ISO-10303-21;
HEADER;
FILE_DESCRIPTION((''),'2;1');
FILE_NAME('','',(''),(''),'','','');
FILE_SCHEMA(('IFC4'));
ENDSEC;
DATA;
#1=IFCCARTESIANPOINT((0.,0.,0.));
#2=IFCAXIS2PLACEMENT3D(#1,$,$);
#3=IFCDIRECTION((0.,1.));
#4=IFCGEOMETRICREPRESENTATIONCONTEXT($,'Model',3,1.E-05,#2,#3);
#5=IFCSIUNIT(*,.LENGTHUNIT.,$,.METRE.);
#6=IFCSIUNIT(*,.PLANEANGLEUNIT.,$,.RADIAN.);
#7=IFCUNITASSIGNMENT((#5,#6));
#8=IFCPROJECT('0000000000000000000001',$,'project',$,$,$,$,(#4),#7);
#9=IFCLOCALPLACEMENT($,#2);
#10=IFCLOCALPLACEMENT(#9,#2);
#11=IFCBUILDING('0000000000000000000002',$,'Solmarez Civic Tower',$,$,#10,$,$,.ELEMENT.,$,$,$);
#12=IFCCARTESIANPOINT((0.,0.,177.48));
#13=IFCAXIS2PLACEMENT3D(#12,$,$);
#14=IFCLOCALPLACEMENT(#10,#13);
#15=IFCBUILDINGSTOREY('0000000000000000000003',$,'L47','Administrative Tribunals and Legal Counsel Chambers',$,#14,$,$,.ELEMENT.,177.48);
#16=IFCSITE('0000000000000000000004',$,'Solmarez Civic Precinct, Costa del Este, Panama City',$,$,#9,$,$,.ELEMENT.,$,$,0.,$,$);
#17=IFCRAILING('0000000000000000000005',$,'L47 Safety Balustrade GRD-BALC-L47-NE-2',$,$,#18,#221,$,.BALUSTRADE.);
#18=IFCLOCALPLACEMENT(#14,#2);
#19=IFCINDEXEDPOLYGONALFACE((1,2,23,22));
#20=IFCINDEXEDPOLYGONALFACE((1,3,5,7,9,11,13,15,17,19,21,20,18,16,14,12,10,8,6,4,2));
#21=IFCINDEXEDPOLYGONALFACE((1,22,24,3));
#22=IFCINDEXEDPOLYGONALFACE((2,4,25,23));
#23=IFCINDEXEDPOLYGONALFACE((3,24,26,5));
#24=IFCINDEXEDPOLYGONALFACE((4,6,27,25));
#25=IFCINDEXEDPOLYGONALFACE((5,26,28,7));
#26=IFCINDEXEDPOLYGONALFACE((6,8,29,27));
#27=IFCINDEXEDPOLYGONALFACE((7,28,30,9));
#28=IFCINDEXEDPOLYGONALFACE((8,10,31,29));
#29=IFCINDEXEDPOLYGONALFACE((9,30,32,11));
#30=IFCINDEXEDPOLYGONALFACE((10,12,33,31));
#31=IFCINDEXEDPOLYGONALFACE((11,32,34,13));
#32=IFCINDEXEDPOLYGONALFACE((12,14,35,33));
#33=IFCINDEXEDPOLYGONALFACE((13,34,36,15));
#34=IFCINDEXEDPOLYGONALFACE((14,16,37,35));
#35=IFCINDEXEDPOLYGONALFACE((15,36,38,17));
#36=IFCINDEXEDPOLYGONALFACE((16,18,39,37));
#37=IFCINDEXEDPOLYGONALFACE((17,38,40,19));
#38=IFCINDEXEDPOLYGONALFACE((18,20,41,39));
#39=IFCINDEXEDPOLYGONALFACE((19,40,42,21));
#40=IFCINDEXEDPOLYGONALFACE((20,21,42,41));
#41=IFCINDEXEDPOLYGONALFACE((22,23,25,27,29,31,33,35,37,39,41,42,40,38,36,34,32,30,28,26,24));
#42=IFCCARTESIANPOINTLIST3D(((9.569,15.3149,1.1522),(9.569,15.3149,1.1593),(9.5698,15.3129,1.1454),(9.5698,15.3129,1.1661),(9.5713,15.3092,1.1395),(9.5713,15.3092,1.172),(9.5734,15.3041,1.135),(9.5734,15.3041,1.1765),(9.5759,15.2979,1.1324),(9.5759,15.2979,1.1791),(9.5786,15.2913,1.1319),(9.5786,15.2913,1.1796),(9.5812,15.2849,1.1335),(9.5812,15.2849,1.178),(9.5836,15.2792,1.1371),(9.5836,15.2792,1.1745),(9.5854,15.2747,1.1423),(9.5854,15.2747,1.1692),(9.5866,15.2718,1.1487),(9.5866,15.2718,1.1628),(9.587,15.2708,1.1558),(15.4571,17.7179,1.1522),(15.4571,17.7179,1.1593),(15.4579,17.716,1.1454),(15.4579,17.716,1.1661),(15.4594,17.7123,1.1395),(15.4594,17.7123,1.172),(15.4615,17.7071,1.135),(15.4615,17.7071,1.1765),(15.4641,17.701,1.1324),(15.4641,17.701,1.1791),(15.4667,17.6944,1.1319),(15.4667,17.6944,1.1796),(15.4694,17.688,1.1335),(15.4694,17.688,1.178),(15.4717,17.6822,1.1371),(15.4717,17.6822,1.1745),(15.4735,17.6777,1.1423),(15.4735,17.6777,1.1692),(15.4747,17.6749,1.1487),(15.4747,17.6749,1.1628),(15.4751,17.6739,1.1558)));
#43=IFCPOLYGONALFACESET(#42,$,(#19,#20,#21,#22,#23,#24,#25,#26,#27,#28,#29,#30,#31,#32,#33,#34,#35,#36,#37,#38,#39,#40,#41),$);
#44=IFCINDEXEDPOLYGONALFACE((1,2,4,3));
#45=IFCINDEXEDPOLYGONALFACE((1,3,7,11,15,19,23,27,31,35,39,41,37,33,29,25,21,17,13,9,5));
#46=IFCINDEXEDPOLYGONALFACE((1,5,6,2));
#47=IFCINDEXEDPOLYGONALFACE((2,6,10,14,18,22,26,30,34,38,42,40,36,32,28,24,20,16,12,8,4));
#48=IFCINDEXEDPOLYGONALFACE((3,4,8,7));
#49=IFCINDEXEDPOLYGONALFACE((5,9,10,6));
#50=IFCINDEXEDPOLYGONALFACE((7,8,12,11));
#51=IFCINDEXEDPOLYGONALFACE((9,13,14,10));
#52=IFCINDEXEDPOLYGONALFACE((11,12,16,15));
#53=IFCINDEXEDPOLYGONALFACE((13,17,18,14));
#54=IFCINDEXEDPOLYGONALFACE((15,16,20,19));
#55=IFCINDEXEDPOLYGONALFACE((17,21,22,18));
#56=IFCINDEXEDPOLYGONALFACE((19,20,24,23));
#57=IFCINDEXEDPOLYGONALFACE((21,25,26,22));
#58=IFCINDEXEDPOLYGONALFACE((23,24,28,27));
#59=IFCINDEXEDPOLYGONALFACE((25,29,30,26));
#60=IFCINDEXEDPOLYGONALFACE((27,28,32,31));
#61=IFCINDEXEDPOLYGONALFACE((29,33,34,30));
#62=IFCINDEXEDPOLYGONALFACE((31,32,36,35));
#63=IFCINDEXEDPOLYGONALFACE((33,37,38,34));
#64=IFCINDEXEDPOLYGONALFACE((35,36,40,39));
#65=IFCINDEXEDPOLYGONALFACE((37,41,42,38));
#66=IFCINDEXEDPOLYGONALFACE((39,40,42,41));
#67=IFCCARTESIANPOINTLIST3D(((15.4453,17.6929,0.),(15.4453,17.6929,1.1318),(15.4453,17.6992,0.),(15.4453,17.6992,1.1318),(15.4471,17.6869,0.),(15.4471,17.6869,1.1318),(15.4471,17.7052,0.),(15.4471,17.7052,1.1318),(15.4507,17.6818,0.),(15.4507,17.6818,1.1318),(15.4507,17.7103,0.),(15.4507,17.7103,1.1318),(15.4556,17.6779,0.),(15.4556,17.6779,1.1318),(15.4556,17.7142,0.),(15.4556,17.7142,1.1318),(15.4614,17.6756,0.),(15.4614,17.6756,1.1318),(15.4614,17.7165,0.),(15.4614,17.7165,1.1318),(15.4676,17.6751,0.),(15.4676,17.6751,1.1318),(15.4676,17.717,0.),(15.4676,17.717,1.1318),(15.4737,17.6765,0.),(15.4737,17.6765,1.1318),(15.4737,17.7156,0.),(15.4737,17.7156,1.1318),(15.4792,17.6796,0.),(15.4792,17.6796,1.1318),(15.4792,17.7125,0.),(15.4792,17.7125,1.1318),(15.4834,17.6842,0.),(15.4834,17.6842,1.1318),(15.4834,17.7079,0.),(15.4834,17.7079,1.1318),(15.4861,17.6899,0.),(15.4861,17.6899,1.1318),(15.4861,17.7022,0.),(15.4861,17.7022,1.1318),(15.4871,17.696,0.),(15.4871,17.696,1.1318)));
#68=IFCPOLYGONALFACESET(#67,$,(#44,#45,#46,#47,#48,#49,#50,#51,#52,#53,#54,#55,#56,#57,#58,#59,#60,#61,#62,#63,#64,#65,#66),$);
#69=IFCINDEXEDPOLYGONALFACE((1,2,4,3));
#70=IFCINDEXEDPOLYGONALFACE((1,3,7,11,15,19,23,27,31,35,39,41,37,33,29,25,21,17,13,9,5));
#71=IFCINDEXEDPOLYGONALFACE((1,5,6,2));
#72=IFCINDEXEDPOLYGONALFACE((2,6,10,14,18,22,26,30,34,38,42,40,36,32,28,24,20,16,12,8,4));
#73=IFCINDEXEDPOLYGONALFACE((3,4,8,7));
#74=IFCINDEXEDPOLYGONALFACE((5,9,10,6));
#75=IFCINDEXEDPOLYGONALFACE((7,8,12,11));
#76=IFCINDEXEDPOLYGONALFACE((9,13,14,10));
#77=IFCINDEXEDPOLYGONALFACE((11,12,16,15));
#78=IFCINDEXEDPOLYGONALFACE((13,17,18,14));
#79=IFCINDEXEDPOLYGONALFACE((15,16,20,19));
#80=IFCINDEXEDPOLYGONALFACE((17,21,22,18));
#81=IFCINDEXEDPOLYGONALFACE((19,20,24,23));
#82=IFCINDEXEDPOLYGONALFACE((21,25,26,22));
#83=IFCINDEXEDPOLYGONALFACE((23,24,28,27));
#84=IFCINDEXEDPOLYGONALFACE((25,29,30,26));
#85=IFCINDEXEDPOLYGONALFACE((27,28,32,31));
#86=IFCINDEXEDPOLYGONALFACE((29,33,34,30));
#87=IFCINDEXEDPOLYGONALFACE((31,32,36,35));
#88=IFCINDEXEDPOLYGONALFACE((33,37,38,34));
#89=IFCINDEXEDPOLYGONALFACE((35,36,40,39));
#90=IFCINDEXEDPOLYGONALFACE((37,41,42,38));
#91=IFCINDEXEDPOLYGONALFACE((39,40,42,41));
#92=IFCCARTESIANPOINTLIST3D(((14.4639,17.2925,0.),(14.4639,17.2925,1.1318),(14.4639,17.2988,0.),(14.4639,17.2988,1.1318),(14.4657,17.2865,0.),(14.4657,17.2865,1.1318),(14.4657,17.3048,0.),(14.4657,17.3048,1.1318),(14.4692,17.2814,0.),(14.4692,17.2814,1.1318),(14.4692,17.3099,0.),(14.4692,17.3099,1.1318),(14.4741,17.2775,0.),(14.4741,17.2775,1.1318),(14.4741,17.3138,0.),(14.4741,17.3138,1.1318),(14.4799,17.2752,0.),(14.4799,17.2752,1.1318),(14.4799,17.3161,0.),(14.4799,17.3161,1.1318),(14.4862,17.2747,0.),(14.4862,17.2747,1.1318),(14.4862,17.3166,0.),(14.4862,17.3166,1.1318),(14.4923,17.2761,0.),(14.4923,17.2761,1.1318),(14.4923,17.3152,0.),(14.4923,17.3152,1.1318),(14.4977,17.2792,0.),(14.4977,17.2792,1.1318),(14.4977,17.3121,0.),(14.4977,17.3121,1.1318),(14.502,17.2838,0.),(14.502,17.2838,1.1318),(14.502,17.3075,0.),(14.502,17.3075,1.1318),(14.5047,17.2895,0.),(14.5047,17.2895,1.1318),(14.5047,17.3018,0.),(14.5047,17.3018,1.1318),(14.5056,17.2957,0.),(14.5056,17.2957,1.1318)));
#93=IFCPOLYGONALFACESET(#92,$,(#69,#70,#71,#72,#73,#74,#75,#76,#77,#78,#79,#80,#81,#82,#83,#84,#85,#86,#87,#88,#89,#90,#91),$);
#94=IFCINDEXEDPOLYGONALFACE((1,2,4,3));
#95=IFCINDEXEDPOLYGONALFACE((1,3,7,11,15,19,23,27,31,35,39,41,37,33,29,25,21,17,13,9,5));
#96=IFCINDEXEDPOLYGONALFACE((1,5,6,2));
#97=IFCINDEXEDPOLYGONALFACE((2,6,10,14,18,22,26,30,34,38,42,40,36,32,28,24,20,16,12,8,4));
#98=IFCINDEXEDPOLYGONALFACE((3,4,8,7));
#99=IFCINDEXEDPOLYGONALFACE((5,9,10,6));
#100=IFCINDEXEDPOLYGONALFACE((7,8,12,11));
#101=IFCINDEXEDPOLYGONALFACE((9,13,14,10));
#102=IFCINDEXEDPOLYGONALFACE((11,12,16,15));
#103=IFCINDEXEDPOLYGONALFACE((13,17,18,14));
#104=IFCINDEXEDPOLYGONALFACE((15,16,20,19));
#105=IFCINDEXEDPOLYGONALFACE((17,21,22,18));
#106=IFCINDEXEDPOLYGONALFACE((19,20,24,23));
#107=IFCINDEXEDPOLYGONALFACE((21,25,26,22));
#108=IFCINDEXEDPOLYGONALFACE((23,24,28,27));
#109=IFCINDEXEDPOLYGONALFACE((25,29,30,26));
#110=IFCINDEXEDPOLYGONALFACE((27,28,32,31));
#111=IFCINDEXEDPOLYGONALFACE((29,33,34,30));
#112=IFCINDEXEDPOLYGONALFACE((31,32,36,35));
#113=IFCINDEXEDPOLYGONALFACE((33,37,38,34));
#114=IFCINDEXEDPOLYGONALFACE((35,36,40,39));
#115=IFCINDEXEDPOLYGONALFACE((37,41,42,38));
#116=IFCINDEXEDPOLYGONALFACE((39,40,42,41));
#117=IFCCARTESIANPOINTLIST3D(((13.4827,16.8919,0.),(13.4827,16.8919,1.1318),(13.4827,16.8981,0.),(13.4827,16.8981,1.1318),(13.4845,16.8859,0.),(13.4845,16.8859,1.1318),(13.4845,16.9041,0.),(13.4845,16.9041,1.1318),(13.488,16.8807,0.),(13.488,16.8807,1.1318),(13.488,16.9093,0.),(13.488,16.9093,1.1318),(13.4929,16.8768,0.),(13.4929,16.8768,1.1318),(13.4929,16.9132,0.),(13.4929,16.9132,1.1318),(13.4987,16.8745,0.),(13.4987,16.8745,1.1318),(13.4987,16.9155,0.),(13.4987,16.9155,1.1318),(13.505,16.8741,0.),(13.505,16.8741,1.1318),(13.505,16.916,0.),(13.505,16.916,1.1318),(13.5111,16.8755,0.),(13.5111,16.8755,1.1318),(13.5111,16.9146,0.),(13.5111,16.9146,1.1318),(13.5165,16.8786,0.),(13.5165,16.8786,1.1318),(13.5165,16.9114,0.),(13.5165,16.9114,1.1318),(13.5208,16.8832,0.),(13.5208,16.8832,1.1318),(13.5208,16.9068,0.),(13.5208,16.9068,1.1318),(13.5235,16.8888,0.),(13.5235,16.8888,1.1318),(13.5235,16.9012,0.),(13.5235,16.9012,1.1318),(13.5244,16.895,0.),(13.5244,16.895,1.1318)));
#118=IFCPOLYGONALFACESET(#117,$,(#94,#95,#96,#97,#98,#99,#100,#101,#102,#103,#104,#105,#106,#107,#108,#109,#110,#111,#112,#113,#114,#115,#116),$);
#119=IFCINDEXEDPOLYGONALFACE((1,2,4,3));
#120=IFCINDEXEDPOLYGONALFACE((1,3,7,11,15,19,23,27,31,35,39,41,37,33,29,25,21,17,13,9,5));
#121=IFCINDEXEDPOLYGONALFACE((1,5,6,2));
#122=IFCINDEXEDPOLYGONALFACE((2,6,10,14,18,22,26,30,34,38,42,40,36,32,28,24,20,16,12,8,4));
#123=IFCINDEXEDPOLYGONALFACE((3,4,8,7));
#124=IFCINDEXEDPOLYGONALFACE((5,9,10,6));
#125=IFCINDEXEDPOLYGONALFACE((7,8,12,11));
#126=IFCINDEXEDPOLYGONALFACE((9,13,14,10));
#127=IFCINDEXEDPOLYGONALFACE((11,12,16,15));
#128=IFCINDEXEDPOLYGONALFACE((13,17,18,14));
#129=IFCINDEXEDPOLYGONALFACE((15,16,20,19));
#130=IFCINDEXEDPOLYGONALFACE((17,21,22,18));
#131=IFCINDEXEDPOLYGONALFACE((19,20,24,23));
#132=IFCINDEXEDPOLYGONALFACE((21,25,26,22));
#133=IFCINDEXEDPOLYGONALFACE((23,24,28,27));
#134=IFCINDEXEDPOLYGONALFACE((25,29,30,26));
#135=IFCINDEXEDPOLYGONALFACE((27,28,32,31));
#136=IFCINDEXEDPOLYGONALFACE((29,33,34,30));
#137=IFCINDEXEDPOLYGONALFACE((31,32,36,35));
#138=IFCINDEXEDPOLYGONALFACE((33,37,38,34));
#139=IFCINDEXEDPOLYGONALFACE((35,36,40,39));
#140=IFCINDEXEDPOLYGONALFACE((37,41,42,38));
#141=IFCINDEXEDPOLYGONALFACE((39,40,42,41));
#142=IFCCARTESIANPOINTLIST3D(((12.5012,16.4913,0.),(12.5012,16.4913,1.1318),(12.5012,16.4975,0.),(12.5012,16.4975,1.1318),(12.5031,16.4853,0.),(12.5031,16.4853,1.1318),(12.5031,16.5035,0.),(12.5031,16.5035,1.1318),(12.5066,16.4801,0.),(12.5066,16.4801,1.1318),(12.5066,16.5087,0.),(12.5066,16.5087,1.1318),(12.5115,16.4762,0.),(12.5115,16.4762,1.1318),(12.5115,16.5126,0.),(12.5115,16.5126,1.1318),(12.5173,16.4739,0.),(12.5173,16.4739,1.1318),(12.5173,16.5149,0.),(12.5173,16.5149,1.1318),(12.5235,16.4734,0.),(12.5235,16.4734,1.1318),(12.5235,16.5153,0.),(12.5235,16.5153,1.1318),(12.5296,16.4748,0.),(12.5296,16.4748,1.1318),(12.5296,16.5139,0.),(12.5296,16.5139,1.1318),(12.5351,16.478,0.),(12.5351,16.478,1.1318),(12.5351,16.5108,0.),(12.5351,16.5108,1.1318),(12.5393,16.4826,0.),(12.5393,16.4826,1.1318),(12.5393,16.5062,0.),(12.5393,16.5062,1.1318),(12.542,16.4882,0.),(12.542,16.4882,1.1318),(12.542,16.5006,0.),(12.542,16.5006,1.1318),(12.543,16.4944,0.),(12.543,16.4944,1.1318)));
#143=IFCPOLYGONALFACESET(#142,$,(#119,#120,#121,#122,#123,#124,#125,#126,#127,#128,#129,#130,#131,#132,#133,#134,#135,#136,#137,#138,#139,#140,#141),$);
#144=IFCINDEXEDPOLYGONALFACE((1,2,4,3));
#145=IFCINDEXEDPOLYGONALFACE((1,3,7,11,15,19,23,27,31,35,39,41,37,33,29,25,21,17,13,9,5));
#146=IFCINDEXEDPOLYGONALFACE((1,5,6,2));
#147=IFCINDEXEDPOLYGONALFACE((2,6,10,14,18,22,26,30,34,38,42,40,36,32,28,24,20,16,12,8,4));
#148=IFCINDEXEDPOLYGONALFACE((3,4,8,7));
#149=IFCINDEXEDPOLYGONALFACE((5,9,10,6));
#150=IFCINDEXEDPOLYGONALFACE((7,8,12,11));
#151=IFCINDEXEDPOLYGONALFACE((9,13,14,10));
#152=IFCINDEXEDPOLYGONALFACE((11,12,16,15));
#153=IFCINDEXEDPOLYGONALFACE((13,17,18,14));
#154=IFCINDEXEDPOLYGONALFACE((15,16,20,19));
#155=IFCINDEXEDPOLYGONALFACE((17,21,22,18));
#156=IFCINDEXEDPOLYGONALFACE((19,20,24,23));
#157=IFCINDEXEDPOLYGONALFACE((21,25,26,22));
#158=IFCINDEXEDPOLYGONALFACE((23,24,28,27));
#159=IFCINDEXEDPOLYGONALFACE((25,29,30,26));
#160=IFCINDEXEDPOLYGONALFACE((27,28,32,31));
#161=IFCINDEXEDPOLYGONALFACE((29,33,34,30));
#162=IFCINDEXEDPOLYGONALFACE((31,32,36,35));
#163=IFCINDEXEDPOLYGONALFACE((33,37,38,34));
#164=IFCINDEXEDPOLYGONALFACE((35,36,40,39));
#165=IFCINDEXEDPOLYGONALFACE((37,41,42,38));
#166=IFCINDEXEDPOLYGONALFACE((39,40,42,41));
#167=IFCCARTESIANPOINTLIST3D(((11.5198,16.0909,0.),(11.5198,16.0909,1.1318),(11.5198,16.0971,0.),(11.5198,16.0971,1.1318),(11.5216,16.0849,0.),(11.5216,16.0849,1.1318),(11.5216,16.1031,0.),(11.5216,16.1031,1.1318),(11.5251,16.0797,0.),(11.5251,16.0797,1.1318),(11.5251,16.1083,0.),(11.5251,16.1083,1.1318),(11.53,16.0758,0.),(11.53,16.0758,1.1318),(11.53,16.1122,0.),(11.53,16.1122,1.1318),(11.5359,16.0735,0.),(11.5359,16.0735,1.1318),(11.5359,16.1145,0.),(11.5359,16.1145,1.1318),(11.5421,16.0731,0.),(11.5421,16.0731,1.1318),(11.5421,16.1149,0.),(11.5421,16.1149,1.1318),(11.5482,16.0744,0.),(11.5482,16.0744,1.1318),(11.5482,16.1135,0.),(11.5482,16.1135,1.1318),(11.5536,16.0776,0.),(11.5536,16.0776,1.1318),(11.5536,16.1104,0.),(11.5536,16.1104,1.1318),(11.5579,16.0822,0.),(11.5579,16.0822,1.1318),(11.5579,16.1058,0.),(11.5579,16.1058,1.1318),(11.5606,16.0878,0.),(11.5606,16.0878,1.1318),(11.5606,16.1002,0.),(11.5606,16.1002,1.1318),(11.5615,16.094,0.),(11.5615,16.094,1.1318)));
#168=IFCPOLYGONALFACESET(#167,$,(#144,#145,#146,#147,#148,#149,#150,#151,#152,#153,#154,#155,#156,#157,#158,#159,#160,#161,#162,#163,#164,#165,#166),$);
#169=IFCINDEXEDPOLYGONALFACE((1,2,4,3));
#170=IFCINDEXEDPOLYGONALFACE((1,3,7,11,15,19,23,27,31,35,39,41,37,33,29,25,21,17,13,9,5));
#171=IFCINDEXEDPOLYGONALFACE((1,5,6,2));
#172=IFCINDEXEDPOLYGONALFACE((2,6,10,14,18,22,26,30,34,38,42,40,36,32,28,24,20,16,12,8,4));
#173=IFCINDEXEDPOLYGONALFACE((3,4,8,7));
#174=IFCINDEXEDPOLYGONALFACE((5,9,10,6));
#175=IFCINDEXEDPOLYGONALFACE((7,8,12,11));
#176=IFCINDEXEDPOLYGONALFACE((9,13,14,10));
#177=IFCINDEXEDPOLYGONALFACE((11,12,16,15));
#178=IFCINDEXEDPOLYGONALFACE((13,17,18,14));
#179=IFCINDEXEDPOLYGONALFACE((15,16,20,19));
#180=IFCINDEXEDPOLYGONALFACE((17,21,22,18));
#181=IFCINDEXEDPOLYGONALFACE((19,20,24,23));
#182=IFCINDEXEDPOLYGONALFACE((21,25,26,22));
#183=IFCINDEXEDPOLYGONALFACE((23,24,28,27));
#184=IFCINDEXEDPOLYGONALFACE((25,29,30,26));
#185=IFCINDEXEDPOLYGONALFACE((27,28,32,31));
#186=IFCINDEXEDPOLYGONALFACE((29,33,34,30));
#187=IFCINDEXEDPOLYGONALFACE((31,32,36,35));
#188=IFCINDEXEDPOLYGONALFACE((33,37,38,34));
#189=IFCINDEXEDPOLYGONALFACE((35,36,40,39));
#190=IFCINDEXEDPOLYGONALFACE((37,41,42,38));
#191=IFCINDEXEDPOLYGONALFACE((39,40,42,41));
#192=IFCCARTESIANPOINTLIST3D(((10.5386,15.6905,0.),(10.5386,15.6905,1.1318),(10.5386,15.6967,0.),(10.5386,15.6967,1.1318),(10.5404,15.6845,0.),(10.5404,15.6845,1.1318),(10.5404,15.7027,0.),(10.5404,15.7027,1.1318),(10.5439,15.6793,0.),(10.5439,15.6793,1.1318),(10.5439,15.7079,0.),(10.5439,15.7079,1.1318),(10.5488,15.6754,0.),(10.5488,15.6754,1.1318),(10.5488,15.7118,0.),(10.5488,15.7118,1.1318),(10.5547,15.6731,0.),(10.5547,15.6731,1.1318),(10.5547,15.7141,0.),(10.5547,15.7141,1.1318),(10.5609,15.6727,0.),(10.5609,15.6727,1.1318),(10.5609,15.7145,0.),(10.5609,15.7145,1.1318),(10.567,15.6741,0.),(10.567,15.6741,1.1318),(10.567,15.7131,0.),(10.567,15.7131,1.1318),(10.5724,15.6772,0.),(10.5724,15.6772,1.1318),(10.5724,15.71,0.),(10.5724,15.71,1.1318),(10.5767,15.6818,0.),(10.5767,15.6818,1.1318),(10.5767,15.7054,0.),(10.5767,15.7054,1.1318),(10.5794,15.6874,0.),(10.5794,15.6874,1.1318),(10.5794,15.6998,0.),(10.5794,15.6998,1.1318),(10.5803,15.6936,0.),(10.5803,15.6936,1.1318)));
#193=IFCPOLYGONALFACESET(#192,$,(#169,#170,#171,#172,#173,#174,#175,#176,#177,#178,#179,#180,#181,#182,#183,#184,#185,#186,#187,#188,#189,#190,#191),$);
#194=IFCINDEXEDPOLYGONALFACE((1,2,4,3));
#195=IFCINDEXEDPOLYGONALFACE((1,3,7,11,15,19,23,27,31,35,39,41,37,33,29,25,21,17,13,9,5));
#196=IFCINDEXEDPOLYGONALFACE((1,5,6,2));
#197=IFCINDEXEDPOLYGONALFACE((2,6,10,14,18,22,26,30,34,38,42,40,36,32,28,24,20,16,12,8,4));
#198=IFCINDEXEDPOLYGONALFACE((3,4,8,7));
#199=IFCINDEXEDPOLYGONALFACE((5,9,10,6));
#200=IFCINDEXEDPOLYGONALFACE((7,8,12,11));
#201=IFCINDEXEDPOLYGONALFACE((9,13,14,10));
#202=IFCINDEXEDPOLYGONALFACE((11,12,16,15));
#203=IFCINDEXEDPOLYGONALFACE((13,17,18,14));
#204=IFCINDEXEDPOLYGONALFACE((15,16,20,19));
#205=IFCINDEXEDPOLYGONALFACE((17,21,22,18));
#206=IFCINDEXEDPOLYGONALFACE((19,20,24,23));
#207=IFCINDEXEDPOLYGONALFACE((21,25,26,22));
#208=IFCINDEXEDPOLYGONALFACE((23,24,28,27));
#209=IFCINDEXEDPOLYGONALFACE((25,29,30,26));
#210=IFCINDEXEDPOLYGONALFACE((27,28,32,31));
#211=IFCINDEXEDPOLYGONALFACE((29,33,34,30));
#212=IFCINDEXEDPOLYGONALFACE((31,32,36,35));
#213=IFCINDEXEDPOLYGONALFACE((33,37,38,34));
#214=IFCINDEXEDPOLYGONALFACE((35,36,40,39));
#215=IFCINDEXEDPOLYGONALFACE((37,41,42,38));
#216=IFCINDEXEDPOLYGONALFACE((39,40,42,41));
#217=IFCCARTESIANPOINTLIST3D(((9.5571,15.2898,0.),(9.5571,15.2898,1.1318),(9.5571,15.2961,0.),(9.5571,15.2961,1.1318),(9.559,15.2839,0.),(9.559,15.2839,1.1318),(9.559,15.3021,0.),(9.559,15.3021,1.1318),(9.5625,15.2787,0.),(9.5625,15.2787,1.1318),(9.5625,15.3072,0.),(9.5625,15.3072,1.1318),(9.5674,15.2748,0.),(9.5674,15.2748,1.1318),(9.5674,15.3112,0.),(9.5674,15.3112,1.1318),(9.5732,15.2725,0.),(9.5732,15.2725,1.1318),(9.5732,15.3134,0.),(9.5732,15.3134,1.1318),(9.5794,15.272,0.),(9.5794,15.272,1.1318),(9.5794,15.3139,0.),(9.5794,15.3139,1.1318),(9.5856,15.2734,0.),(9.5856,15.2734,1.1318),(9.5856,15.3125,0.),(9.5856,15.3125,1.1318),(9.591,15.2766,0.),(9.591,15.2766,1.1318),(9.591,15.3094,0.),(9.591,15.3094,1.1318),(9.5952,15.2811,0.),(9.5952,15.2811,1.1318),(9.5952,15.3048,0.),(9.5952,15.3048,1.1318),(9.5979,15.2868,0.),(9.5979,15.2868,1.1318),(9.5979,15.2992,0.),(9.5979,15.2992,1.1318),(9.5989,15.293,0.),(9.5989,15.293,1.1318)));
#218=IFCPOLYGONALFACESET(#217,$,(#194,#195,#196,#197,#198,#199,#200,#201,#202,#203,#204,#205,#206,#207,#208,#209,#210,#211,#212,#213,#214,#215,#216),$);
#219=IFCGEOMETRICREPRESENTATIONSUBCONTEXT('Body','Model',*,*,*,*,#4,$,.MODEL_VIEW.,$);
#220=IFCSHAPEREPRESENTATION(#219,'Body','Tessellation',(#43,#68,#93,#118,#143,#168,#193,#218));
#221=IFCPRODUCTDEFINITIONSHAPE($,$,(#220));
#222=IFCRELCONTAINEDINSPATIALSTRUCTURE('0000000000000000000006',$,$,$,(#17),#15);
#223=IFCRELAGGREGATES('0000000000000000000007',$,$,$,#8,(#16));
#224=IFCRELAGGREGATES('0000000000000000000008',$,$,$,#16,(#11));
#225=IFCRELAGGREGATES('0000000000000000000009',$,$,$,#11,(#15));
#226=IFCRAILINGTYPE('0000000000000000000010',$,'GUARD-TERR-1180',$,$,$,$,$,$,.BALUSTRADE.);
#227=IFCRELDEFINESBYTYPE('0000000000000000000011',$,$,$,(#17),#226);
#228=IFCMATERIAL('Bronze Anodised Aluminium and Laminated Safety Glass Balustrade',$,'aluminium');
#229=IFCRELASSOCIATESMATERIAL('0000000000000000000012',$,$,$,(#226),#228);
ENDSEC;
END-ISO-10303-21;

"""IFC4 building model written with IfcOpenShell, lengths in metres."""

from ifc_helpers import new_model, si_unit, direction, frame, origin, origin_2d, place, context, subcontext, project, spatial, circle, extrude, material, type_object, element, save


model = new_model("IFC4")

# Units and contexts
model_context = context("Model", 3, precision=1e-05, world=origin(), true_north=direction((0.0, 1.0)))
body_context = subcontext(model_context, "Body", "Model", "MODEL_VIEW")
ifc_project = project(units=[si_unit("LENGTHUNIT", "METRE"), si_unit("PLANEANGLEUNIT", "RADIAN")], contexts=[model_context])

# Site, building, storey
site_placement = place(None, origin())
site = spatial("IfcSite", under=ifc_project, at=site_placement, Name="Solmarez Civic Precinct, Costa del Este, Panama City", CompositionType="ELEMENT", RefElevation=0.0)
building_placement = place(site_placement, origin())
building = spatial("IfcBuilding", under=site, at=building_placement, Name="Solmarez Civic Tower", CompositionType="ELEMENT")
storey_placement = place(building_placement, frame((0.0, 0.0, 177.48)))
storey = spatial("IfcBuildingStorey", under=building, at=storey_placement, Name="L47", Description="Administrative Tribunals and Legal Counsel Chambers", CompositionType="ELEMENT", Elevation=177.48)

# Railing
ifc_material_1 = material(Name="Bronze Anodised Aluminium and Laminated Safety Glass Balustrade", Category="aluminium")
railing_type = type_object("IfcRailingType", Name="GUARD-TERR-1180", PredefinedType="BALUSTRADE", material=ifc_material_1)
railing_1_placement = place(storey_placement, frame((15.4661, 17.696, 0.0)))
element("IfcRailing", 1, at=railing_1_placement, inside=storey, type_object=railing_type, Name="L47 Safety Balustrade GRD-BALC-L47-NE-2", PredefinedType="BALUSTRADE", context=body_context, shape_type="SweptSolid", body=[
    extrude(circle(Radius=0.0239, at=origin_2d()), frame((0.0, 0.0, 1.1558), z_axis=(-0.925862, -0.377861, 0.0), x_axis=(0.377861, -0.925862, 0.0)), (0.0, 0.0, 1.0), 6.3596),
    extrude(circle(Radius=0.021, at=origin_2d()), origin(), (0.0, 0.0, 1.0), 1.1318),
    extrude(circle(Radius=0.021, at=origin_2d()), frame((-0.9814, -0.4004, 0.0)), (0.0, 0.0, 1.0), 1.1318),
    extrude(circle(Radius=0.021, at=origin_2d()), frame((-1.9626, -0.801, 0.0)), (0.0, 0.0, 1.0), 1.1318),
    extrude(circle(Radius=0.021, at=origin_2d()), frame((-2.9441, -1.2017, 0.0)), (0.0, 0.0, 1.0), 1.1318),
    extrude(circle(Radius=0.021, at=origin_2d()), frame((-3.9255, -1.6021, 0.0)), (0.0, 0.0, 1.0), 1.1318),
    extrude(circle(Radius=0.021, at=origin_2d()), frame((-4.9067, -2.0024, 0.0)), (0.0, 0.0, 1.0), 1.1318),
    extrude(circle(Radius=0.021, at=origin_2d()), frame((-5.8882, -2.4031, 0.0)), (0.0, 0.0, 1.0), 1.1318),
])

save(model, "model.ifc")
